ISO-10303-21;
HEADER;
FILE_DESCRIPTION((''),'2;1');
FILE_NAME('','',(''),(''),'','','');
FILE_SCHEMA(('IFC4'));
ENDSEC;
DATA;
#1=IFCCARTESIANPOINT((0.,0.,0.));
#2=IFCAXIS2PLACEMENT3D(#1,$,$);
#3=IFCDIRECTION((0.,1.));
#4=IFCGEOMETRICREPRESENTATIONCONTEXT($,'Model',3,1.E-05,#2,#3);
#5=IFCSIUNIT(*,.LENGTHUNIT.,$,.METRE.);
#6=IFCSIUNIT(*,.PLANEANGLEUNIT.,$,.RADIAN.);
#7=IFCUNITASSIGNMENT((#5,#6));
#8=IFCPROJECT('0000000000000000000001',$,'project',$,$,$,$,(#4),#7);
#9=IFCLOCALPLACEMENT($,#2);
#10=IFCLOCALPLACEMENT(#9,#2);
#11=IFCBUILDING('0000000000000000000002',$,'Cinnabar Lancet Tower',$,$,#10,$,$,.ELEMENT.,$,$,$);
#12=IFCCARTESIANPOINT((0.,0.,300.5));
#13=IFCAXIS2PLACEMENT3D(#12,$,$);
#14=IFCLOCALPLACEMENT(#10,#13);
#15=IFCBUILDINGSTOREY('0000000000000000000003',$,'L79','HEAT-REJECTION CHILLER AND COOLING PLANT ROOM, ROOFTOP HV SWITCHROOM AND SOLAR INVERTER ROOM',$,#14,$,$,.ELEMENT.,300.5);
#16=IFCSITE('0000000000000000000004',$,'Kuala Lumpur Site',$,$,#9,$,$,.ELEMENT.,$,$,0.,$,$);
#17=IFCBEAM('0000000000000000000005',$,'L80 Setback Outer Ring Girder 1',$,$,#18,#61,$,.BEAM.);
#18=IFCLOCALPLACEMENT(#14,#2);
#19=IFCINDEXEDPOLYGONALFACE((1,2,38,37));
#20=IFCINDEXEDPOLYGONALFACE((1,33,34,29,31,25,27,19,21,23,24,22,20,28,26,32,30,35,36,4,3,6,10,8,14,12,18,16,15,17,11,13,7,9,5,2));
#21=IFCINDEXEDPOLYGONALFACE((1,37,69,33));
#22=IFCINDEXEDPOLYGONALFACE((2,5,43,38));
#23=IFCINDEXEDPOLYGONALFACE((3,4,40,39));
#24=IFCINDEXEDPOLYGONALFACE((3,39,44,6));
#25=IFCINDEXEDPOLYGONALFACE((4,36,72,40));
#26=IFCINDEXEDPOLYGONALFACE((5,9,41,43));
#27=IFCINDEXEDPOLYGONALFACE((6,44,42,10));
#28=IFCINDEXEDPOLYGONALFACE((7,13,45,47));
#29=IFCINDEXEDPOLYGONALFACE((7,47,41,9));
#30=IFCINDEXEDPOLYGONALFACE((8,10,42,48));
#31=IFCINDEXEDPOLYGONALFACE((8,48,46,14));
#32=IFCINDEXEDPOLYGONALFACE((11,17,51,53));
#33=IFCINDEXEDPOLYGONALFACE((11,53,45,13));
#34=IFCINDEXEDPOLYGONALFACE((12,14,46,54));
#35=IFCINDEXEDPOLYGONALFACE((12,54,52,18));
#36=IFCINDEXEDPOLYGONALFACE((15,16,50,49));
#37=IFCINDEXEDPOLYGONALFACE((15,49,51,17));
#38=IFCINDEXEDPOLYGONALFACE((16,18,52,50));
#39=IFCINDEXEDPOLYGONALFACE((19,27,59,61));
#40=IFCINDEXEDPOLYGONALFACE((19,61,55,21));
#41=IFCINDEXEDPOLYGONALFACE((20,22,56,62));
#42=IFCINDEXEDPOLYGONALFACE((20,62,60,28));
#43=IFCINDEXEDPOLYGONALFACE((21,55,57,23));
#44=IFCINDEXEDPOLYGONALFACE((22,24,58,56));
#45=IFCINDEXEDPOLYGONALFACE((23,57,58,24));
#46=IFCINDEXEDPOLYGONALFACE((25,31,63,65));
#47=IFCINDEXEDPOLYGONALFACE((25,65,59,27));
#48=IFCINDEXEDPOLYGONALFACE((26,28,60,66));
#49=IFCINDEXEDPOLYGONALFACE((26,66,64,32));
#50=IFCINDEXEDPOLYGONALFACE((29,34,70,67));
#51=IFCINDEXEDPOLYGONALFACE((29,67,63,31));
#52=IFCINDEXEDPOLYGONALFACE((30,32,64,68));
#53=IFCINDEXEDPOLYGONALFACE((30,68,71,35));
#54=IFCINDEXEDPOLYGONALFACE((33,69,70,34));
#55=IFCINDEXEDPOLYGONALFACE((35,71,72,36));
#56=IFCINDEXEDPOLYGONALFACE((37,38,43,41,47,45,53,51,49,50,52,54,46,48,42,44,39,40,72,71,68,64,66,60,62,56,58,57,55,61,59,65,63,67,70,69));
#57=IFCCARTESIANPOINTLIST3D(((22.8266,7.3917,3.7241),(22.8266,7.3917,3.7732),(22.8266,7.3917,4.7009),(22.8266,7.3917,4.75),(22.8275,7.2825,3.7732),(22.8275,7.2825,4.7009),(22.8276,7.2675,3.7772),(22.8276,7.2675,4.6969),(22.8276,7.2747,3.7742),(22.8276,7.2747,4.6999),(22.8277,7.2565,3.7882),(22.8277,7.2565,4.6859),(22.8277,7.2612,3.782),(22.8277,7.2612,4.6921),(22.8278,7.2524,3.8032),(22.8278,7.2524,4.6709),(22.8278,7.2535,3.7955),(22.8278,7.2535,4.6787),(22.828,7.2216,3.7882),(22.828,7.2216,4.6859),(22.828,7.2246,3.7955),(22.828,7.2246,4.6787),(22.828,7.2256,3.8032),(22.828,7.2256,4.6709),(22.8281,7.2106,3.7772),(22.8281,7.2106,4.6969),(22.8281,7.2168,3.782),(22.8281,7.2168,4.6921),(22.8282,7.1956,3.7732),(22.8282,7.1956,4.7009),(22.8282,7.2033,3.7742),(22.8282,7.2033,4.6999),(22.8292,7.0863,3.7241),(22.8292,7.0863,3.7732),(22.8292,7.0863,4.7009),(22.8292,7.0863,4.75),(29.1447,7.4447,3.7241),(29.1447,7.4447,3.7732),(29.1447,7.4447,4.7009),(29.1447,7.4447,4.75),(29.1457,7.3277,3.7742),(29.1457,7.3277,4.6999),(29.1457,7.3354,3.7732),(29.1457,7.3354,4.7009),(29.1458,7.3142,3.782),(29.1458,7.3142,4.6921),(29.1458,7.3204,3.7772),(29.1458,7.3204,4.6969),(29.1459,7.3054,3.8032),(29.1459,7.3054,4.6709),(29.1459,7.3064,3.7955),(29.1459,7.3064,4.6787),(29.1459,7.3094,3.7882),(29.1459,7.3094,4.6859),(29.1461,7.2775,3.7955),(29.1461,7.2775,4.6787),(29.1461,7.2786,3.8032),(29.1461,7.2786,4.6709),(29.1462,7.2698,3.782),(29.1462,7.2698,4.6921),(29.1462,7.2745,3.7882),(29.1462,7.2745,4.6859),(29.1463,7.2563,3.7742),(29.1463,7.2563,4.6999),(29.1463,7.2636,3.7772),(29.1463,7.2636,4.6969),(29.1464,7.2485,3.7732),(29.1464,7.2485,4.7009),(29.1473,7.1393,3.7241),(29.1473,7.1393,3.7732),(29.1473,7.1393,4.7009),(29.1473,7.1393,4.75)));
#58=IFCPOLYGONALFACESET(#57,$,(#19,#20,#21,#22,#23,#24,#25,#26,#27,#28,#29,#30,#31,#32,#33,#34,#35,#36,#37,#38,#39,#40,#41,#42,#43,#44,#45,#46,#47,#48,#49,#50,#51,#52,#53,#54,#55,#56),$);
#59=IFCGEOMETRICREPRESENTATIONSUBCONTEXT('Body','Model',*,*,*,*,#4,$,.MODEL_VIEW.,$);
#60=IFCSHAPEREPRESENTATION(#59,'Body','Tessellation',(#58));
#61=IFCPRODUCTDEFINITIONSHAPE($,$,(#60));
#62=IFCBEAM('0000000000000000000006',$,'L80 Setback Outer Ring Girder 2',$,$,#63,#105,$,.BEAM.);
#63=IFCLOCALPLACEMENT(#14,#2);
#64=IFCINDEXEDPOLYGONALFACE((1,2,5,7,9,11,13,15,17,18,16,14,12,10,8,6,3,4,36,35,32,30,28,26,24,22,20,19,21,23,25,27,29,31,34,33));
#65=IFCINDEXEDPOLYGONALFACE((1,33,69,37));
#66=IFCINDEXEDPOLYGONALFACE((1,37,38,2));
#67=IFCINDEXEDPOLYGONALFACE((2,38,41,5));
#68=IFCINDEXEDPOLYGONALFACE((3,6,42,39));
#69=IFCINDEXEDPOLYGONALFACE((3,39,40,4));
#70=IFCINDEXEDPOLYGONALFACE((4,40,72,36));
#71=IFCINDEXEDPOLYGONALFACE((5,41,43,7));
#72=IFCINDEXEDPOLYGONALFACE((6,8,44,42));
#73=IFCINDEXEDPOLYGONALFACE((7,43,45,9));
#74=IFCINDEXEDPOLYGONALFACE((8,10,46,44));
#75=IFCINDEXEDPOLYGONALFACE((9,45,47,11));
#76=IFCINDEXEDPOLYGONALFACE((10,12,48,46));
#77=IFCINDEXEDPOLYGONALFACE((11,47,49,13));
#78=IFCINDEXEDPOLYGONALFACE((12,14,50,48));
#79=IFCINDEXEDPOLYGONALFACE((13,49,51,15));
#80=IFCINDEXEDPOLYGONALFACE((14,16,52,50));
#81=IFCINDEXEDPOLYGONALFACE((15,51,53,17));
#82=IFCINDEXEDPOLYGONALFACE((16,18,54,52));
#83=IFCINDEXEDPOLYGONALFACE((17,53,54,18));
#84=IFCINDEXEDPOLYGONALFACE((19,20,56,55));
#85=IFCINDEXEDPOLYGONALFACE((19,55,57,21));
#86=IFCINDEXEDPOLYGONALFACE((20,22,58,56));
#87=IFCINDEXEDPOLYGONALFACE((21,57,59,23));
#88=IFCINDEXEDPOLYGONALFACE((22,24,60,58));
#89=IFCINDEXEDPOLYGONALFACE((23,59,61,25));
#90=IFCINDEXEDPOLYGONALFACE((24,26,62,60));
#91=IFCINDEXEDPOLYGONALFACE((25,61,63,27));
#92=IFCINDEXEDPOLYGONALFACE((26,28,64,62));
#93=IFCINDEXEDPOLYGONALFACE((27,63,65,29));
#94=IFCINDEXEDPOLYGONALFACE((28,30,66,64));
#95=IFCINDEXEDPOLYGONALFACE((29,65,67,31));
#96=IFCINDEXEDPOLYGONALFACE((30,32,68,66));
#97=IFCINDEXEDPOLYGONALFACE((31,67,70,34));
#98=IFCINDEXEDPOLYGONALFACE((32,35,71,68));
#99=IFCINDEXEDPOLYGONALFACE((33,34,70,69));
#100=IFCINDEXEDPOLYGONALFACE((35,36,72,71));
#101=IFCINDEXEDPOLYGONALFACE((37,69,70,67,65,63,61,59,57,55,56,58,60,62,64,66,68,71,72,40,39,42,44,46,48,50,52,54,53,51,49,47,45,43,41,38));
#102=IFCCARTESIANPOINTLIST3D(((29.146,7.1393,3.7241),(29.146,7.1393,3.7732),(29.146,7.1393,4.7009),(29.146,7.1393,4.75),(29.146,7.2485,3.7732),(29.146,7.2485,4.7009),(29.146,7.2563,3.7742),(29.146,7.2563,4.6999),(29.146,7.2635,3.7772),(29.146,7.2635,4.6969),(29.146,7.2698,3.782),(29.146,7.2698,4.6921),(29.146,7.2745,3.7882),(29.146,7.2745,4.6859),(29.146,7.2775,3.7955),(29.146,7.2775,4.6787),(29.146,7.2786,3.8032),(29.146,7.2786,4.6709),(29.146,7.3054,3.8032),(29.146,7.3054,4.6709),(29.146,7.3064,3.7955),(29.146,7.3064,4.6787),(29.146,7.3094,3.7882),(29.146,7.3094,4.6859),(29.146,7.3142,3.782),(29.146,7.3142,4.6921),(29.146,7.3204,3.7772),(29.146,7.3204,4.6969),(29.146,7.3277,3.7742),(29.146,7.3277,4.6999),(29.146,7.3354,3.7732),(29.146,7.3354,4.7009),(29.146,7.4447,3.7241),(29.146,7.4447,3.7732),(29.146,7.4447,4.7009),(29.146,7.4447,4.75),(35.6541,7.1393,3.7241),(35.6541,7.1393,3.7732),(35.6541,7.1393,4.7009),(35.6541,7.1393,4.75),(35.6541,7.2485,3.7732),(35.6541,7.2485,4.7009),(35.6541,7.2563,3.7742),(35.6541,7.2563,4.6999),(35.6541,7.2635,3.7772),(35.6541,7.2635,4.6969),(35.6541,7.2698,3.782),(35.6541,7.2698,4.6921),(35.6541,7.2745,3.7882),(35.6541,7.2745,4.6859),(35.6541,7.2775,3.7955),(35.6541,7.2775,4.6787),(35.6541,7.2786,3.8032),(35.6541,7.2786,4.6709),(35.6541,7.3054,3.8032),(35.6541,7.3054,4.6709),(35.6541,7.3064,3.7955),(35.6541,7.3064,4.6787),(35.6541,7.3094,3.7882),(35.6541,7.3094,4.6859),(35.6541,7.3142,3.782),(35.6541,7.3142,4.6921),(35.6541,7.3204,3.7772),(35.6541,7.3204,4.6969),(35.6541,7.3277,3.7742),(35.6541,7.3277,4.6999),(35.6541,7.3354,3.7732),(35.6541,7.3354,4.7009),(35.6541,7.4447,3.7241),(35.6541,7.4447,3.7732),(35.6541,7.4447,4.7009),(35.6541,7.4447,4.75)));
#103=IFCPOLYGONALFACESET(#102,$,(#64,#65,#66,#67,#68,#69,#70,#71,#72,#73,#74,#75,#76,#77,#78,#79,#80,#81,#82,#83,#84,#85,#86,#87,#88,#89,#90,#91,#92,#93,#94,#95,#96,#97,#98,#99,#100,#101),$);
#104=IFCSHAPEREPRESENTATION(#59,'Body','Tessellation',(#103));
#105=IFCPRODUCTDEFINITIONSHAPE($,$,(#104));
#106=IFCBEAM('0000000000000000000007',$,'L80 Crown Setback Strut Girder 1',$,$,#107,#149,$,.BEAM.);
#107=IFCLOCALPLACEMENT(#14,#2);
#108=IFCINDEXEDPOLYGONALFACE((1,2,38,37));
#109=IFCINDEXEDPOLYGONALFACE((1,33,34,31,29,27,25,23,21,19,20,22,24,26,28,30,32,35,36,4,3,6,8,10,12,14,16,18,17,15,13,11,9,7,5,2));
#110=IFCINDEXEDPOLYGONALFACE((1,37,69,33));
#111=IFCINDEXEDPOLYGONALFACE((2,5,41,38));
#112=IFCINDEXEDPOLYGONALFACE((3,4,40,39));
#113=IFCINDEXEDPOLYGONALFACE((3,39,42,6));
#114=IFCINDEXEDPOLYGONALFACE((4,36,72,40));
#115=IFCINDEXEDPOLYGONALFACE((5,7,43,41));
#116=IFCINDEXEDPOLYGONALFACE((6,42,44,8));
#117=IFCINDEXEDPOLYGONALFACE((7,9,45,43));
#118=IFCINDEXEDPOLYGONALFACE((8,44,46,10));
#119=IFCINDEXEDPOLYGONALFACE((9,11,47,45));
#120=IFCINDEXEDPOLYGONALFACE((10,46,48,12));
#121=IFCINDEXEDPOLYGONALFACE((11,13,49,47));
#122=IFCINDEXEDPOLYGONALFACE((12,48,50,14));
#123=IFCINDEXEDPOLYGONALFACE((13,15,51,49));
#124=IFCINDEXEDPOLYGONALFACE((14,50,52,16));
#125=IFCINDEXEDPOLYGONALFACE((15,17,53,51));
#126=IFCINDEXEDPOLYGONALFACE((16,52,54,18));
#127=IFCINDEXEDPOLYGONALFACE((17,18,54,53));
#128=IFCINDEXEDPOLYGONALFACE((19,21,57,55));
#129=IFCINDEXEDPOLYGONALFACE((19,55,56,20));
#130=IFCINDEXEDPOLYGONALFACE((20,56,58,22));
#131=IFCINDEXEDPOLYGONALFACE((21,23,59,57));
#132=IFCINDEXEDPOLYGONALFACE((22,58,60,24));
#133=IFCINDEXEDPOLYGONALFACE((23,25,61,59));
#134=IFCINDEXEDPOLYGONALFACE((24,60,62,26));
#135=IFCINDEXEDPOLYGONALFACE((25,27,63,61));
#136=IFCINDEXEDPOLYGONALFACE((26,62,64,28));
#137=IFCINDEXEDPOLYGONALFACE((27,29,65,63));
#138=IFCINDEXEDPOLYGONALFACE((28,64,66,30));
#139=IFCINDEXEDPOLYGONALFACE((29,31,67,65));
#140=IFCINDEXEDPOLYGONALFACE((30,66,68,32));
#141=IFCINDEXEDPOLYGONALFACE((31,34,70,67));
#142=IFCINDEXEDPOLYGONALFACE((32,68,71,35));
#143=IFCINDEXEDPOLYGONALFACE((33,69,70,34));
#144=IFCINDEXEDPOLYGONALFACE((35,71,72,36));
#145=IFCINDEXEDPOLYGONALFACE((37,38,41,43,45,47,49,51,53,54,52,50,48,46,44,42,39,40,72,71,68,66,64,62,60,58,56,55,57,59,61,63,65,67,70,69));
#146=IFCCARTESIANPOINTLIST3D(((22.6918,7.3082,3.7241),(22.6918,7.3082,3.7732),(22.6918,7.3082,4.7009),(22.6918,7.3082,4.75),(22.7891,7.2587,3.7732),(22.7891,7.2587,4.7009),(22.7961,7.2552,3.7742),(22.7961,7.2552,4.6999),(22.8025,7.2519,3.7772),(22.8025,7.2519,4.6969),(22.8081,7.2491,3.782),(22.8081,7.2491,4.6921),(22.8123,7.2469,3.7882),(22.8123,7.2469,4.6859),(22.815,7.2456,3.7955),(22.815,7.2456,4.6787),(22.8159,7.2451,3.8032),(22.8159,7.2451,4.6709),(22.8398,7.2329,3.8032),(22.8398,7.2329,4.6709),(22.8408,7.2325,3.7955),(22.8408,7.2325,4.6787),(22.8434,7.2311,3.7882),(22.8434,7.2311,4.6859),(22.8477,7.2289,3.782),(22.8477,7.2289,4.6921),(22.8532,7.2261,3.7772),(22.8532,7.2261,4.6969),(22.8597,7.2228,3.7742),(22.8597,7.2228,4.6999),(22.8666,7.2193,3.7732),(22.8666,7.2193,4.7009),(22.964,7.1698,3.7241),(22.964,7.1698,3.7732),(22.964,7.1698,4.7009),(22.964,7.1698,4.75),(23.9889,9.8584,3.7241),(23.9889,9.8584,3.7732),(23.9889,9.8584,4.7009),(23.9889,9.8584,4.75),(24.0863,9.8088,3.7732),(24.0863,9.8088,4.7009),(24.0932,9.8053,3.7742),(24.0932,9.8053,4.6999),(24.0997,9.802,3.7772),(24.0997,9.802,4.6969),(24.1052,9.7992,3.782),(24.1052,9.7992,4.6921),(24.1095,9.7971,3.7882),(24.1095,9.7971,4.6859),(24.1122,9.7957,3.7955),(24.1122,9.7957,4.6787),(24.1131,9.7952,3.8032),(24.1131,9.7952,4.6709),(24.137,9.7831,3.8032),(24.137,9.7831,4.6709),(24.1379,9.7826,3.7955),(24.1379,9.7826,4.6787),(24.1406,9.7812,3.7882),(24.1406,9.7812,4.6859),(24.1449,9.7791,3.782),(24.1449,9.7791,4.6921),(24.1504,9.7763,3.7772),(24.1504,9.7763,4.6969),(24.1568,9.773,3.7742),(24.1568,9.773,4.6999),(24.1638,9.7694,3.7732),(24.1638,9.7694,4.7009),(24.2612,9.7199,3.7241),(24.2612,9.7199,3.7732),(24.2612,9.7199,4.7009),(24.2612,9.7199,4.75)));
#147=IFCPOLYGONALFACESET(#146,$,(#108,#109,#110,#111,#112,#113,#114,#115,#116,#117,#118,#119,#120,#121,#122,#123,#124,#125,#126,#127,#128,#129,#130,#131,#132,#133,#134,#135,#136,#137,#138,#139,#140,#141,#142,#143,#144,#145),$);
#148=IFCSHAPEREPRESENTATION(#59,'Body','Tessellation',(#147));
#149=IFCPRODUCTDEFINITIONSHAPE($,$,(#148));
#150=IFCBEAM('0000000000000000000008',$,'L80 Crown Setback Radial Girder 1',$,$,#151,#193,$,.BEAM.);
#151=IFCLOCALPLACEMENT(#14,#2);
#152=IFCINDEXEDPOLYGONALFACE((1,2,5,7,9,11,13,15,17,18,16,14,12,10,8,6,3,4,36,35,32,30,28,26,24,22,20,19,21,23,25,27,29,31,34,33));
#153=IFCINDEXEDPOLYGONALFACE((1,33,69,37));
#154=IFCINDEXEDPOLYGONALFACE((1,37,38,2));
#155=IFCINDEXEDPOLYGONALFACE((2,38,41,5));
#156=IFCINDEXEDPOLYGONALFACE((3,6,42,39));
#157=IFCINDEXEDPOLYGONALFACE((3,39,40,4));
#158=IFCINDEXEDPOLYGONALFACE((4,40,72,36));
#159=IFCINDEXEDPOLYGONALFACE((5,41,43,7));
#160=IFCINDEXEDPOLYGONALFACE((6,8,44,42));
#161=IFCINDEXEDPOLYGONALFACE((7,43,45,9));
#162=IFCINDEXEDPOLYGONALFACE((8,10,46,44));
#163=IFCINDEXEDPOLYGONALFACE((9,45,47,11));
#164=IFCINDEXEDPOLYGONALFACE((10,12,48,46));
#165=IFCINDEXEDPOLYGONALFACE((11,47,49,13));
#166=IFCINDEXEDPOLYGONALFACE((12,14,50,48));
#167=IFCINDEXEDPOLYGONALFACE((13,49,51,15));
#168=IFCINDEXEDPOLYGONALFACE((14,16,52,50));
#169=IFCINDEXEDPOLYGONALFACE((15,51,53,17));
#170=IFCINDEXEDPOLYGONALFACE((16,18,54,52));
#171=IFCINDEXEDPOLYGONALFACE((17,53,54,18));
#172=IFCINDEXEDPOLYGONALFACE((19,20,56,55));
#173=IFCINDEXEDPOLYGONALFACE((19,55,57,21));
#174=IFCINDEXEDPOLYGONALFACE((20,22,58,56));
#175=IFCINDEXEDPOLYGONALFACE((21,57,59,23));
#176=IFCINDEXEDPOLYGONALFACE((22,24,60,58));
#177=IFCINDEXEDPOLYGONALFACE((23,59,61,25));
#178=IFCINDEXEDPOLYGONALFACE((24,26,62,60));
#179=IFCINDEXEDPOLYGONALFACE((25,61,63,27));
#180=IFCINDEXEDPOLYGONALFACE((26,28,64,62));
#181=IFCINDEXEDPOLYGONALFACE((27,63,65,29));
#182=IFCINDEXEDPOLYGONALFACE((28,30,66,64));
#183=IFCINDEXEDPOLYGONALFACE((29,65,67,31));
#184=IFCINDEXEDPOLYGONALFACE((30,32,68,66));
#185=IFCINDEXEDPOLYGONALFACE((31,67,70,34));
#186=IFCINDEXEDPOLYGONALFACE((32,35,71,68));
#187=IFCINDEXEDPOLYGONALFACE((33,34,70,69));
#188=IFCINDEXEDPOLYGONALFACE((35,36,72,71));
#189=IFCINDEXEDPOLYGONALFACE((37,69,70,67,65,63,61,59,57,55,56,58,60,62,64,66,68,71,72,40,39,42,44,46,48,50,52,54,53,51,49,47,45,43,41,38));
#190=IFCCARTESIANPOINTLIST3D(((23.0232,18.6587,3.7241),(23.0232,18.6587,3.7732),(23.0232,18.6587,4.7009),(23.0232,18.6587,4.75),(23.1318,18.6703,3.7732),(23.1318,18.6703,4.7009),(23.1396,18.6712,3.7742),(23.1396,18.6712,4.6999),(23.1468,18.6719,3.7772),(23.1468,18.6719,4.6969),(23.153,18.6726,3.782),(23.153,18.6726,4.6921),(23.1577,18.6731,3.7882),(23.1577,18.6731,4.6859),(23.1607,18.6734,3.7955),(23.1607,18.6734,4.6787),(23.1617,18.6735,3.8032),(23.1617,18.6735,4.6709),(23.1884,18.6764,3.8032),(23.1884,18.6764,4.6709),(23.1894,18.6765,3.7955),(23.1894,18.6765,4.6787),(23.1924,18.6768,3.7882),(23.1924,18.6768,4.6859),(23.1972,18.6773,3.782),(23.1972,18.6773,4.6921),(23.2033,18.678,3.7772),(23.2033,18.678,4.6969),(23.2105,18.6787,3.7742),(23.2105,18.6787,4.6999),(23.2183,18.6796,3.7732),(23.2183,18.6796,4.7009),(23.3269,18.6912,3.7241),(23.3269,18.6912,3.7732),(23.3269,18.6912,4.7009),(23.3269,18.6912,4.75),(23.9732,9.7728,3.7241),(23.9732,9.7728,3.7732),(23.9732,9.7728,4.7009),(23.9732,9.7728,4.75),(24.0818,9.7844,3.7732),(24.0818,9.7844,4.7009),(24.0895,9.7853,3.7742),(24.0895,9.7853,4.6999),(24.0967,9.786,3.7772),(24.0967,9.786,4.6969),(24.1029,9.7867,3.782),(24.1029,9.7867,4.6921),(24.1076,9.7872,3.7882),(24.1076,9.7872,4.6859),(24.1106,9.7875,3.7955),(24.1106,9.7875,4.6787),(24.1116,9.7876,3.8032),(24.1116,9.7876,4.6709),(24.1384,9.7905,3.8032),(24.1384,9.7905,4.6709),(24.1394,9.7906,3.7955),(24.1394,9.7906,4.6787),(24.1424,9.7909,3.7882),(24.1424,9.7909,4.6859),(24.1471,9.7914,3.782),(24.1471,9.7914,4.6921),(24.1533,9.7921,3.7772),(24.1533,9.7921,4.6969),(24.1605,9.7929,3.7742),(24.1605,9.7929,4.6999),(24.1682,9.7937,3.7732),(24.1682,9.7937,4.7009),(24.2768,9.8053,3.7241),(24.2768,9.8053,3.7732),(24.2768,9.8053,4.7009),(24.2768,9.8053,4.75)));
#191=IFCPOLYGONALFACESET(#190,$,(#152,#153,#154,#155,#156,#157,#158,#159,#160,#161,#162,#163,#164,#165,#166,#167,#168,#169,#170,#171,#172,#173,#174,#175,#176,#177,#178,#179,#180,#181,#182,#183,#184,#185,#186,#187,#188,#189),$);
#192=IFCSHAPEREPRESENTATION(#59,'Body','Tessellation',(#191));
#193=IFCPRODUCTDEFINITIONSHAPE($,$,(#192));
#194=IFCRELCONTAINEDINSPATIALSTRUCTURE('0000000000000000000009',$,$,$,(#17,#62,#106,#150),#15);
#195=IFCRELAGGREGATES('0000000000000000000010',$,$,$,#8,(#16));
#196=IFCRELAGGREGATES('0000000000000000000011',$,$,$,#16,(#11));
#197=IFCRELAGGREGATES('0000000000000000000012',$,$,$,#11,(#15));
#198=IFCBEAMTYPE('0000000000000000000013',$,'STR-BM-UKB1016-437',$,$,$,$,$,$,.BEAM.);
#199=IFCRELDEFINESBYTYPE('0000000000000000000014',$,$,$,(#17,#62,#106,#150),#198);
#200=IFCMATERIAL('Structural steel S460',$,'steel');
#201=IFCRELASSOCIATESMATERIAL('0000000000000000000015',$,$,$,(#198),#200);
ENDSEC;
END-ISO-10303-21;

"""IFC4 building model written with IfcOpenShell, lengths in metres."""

from ifc_helpers import new_model, si_unit, direction, frame, origin, origin_2d, place, context, subcontext, project, spatial, i_section, extrude, material, material_profile, profile_set, type_object, element, save


model = new_model("IFC4")

# Units and contexts
model_context = context("Model", 3, precision=1e-05, world=origin(), true_north=direction((0.0, 1.0)))
body_context = subcontext(model_context, "Body", "Model", "MODEL_VIEW")
ifc_project = project(units=[si_unit("LENGTHUNIT", "METRE"), si_unit("PLANEANGLEUNIT", "RADIAN")], contexts=[model_context])

# Site, building, storey
site_placement = place(None, origin())
site = spatial("IfcSite", under=ifc_project, at=site_placement, Name="Kuala Lumpur Site", CompositionType="ELEMENT", RefElevation=0.0)
building_placement = place(site_placement, origin())
building = spatial("IfcBuilding", under=site, at=building_placement, Name="Cinnabar Lancet Tower", CompositionType="ELEMENT")
storey_placement = place(building_placement, frame((0.0, 0.0, 300.5)))
storey = spatial("IfcBuildingStorey", under=building, at=storey_placement, Name="L79", Description="HEAT-REJECTION CHILLER AND COOLING PLANT ROOM, ROOFTOP HV SWITCHROOM AND SOLAR INVERTER ROOM", CompositionType="ELEMENT", Elevation=300.5)

# Beams
ifc_material_1 = material(Name="Structural steel S460", Category="steel")
ifc_material_profile_1 = material_profile(ifc_material_1, i_section(OverallWidth=0.3054, OverallDepth=1.0259, WebThickness=0.0269, FlangeThickness=0.0491, FilletRadius=0.03, at=origin_2d()), Name="UKB 1016x305x437")
ifc_profile_set_1 = profile_set([ifc_material_profile_1], Name="Structural steel S460")
beam_type_1 = type_object("IfcBeamType", Name="STR-BM-UKB1016-437", PredefinedType="BEAM", material=ifc_profile_set_1)
beam_1_placement = place(storey_placement, frame((22.8279, 7.239, 4.2371), z_axis=(0.999965, 0.008385, 0.0), x_axis=(-0.008385, 0.999965, 0.0)))
element("IfcBeam", 1, at=beam_1_placement, inside=storey, type_object=beam_type_1, Name="L80 Setback Outer Ring Girder 1", PredefinedType="BEAM", context=body_context, shape_type="SweptSolid", body=[
    extrude(i_section(OverallWidth=0.3054, OverallDepth=1.0259, WebThickness=0.0269, FlangeThickness=0.0491, FilletRadius=0.03, at=origin_2d()), origin(), (0.0, 0.0, 1.0), 6.3184),
])
beam_2_placement = place(storey_placement, frame((29.146, 7.292, 4.2371), z_axis=(1.0, 0.0, 0.0), x_axis=(0.0, 1.0, 0.0)))
element("IfcBeam", 2, at=beam_2_placement, inside=storey, type_object=beam_type_1, Name="L80 Setback Outer Ring Girder 2", PredefinedType="BEAM", context=body_context, shape_type="SweptSolid", body=[
    extrude(i_section(OverallWidth=0.3054, OverallDepth=1.0259, WebThickness=0.0269, FlangeThickness=0.0491, FilletRadius=0.03, at=origin_2d()), origin(), (0.0, 0.0, 1.0), 6.5081),
])
beam_3_placement = place(storey_placement, frame((22.8279, 7.239, 4.2371), z_axis=(0.453381, 0.891317, 0.0), x_axis=(-0.891317, 0.453381, 0.0)))
element("IfcBeam", 3, at=beam_3_placement, inside=storey, type_object=beam_type_1, Name="L80 Crown Setback Strut Girder 1", PredefinedType="BEAM", context=body_context, shape_type="SweptSolid", body=[
    extrude(i_section(OverallWidth=0.3054, OverallDepth=1.0259, WebThickness=0.0269, FlangeThickness=0.0491, FilletRadius=0.03, at=origin_2d()), origin(), (0.0, 0.0, 1.0), 2.8611),
])
beam_4_placement = place(storey_placement, frame((24.125, 9.7891, 4.2371), z_axis=(-0.106299, 0.994334, 0.0), x_axis=(-0.994334, -0.106299, 0.0)))
element("IfcBeam", 4, at=beam_4_placement, inside=storey, type_object=beam_type_1, Name="L80 Crown Setback Radial Girder 1", PredefinedType="BEAM", context=body_context, shape_type="SweptSolid", body=[
    extrude(i_section(OverallWidth=0.3054, OverallDepth=1.0259, WebThickness=0.0269, FlangeThickness=0.0491, FilletRadius=0.03, at=origin_2d()), origin(), (0.0, 0.0, 1.0), 8.9365),
])

save(model, "model.ifc")
